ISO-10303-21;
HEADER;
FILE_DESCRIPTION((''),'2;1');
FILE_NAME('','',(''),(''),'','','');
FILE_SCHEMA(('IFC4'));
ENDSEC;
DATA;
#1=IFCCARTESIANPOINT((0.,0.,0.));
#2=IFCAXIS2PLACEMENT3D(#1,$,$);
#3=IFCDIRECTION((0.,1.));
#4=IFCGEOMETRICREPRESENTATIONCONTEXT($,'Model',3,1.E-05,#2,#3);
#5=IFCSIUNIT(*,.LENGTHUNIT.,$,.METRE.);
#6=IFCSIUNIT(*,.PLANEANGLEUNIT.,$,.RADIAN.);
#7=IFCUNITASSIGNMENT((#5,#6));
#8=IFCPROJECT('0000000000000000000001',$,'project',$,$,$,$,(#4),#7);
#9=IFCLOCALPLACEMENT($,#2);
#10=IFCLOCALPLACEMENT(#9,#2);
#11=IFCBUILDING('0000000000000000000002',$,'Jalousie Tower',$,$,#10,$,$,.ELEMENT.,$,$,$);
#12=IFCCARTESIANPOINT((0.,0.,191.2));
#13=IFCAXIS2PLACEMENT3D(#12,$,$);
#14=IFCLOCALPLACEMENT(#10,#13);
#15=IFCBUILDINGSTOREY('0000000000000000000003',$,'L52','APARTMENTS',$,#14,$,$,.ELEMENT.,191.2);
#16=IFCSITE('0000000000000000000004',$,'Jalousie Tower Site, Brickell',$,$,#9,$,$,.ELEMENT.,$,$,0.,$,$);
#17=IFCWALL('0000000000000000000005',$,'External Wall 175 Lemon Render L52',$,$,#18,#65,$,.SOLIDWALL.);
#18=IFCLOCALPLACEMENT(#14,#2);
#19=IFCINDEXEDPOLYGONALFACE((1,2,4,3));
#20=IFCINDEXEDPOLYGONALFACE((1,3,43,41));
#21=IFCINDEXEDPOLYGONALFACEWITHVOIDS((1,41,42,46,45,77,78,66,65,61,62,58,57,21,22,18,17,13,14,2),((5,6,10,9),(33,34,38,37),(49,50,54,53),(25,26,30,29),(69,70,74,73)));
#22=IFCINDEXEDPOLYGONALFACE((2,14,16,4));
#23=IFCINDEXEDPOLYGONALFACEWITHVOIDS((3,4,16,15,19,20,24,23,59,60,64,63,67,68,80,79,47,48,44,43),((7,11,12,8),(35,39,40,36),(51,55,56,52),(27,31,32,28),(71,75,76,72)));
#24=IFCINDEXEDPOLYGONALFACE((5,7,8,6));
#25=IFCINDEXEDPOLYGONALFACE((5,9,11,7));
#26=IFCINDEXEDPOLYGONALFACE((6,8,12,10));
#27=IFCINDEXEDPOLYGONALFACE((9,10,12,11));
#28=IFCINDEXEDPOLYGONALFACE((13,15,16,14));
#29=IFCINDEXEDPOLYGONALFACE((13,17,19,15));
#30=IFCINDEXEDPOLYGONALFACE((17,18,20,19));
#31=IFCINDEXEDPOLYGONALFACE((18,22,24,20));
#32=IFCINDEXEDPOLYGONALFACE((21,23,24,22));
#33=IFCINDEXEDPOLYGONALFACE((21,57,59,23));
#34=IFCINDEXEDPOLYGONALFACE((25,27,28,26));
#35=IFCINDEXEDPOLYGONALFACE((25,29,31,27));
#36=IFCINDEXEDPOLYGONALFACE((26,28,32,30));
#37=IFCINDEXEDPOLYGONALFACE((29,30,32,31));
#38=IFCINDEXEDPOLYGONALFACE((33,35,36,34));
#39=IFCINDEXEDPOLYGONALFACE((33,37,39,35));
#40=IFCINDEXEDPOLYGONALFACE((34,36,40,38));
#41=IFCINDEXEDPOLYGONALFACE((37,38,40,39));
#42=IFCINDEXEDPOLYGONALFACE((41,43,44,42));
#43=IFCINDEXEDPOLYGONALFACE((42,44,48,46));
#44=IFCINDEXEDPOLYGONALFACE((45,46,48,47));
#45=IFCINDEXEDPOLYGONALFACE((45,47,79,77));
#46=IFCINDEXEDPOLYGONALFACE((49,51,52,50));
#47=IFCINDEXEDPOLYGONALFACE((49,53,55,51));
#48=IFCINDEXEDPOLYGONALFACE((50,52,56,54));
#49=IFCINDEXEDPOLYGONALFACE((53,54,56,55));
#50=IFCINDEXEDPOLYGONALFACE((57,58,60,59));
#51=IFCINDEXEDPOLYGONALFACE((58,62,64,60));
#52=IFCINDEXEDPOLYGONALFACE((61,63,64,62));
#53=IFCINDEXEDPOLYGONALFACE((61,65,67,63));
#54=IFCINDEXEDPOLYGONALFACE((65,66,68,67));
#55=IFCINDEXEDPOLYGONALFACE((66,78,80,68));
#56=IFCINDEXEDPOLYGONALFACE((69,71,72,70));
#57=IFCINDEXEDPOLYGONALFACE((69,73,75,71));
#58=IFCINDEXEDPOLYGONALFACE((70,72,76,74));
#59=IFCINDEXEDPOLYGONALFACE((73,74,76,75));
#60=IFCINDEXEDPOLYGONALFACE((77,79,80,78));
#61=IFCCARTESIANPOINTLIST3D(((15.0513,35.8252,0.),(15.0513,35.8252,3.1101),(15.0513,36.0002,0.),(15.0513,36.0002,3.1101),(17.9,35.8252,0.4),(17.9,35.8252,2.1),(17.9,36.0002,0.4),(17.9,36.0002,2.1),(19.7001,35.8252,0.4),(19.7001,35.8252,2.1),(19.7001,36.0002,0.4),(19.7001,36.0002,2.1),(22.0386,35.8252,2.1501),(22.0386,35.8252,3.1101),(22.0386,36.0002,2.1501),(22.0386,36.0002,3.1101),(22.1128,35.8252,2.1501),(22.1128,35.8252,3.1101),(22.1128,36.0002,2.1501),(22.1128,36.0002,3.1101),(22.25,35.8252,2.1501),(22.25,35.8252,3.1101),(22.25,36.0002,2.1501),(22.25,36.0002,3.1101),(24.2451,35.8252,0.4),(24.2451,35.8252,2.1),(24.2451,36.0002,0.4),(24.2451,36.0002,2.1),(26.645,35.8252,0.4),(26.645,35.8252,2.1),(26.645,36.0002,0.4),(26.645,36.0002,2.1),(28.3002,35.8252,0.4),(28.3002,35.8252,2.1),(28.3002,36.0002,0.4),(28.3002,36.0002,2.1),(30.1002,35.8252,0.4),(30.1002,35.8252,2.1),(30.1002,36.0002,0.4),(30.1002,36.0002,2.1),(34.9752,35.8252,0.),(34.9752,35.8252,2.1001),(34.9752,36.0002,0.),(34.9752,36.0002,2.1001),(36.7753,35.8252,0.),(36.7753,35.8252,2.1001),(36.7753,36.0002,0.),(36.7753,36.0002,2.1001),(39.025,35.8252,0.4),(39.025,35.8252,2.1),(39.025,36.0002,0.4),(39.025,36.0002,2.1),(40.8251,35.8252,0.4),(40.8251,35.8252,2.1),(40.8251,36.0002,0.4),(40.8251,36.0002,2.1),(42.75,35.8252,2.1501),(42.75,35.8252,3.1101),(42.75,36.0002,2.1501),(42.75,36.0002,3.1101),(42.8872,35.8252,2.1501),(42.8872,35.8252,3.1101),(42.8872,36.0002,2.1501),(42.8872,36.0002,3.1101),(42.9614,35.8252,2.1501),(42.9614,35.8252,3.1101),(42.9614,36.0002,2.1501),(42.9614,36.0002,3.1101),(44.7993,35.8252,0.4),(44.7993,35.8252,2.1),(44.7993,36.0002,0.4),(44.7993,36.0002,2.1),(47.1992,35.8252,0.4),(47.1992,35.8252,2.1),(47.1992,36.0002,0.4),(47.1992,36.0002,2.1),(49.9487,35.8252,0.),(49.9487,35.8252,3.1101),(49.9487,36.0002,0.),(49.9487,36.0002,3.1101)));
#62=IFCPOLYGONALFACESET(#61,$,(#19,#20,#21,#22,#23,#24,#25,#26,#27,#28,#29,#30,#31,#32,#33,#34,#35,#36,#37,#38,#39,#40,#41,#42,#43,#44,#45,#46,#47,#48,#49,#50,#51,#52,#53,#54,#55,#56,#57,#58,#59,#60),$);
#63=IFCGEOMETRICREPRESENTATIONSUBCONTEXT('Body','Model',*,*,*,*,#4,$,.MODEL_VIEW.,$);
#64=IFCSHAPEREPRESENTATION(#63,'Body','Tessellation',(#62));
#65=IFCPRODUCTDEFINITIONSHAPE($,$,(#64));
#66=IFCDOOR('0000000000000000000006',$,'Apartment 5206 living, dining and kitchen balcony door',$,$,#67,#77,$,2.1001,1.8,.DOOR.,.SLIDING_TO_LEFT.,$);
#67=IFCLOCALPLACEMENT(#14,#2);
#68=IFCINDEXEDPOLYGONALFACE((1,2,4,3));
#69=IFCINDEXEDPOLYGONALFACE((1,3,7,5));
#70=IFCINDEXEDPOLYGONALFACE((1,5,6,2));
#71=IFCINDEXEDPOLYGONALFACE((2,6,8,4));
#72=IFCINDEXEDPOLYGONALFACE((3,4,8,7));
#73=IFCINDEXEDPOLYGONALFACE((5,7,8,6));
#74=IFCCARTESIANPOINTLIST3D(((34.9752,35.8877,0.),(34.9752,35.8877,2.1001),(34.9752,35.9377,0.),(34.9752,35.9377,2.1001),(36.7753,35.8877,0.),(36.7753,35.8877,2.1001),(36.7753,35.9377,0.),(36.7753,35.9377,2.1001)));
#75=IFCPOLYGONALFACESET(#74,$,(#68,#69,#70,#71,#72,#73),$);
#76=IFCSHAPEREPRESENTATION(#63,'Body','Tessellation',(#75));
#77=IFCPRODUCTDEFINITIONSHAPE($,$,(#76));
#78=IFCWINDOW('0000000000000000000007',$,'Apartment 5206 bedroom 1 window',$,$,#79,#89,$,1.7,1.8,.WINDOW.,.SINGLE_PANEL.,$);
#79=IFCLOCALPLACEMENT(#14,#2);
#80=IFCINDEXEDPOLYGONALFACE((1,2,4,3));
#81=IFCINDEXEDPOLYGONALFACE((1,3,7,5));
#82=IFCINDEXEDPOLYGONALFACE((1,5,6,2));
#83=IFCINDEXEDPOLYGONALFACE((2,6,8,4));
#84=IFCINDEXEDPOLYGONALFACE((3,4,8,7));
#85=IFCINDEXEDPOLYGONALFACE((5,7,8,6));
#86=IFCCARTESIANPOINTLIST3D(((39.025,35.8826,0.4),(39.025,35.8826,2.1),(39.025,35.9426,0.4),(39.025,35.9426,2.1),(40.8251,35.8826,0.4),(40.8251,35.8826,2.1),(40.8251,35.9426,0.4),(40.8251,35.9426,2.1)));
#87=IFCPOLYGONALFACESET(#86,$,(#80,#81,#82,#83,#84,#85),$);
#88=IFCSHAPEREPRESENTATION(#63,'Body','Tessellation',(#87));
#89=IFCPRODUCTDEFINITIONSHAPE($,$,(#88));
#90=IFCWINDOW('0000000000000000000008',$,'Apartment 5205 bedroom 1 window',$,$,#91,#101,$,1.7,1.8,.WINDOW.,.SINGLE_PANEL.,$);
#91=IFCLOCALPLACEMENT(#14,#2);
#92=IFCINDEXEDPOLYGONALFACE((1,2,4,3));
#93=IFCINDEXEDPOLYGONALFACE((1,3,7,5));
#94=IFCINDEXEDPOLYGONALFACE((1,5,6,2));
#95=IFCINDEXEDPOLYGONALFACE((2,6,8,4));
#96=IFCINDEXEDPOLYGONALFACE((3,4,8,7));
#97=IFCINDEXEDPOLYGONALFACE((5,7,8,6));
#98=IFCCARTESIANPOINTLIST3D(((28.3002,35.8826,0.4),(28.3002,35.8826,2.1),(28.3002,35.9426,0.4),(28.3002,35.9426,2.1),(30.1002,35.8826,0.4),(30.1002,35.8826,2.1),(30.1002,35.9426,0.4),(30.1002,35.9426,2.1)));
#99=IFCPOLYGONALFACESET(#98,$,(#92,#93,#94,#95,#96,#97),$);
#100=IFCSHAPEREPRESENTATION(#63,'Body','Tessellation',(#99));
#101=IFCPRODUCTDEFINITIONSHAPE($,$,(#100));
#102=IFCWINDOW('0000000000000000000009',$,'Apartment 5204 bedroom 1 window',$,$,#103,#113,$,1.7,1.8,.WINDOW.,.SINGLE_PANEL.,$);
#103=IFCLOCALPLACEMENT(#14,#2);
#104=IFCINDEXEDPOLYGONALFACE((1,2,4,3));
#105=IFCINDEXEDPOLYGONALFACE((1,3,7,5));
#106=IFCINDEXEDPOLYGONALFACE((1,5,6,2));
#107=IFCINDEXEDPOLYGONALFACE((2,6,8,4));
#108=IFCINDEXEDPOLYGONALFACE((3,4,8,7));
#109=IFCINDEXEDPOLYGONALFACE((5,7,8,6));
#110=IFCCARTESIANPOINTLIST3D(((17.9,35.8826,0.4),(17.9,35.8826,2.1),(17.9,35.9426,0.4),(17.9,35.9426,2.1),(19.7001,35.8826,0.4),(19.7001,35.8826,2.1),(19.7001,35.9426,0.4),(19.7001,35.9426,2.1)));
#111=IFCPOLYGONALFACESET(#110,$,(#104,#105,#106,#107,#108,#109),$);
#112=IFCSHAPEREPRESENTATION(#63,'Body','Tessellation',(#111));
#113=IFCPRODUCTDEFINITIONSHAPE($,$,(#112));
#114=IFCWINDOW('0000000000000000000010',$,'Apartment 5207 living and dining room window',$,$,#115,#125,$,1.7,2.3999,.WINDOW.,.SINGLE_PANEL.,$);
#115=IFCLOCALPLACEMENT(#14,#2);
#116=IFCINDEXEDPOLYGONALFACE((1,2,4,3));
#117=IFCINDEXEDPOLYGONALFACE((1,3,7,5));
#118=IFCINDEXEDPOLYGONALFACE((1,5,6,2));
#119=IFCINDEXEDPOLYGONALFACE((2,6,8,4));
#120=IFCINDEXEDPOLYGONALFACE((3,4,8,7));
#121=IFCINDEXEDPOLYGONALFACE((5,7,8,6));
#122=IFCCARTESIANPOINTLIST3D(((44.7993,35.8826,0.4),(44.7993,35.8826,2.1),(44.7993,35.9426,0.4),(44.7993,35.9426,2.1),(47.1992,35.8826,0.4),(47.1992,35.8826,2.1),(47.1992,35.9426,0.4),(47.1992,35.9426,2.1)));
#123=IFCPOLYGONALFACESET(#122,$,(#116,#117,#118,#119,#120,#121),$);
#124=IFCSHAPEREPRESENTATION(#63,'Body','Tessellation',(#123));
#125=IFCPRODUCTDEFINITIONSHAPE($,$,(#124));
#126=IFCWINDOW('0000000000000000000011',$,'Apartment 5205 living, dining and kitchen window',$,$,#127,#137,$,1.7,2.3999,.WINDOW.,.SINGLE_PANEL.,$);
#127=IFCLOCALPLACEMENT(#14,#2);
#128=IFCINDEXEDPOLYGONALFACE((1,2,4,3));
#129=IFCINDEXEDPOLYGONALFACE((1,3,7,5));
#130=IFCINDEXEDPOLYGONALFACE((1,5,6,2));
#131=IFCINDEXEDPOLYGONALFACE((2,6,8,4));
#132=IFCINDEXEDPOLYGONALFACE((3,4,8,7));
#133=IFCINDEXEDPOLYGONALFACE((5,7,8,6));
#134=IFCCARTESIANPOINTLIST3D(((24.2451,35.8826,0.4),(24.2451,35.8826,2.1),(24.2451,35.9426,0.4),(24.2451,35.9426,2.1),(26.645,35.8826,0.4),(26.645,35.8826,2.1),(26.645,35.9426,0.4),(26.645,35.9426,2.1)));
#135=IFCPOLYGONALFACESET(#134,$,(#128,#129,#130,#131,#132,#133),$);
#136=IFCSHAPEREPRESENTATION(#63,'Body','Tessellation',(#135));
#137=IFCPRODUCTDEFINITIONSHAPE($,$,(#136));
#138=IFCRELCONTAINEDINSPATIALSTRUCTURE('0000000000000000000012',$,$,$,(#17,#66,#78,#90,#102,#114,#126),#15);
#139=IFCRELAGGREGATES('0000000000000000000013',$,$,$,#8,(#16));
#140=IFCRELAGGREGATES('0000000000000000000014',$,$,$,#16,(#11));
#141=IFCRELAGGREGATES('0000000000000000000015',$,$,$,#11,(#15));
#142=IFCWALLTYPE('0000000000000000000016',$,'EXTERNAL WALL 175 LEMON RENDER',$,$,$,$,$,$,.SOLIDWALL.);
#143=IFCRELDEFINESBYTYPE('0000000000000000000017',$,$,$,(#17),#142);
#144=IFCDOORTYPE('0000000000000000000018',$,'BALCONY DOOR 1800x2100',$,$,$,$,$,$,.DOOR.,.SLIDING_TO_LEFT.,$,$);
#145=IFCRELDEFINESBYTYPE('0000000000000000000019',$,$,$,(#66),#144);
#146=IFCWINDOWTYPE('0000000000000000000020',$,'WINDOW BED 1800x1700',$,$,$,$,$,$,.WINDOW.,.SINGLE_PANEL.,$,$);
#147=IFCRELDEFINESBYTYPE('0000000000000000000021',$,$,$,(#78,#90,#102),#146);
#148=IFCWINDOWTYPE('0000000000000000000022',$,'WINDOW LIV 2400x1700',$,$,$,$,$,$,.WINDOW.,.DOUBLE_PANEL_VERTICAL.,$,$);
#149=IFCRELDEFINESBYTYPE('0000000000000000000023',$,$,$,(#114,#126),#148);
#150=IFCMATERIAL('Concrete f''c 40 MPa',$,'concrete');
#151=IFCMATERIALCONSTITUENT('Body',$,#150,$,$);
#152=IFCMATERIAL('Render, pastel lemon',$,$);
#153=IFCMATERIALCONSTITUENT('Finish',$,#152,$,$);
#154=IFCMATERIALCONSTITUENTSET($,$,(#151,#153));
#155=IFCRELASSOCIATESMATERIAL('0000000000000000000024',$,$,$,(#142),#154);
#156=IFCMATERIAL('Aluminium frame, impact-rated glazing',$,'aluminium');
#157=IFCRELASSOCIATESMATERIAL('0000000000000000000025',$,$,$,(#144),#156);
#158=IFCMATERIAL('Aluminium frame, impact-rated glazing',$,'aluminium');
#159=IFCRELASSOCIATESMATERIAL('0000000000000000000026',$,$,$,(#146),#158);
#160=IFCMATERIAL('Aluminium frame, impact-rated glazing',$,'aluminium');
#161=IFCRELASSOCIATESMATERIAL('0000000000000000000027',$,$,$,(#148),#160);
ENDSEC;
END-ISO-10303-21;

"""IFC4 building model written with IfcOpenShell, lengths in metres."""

from ifc_helpers import new_model, si_unit, direction, frame, frame_2d, origin, place, context, subcontext, project, spatial, polyline, rectangle, outline, extrude, material, constituent, constituent_set, type_object, element, fill, save


model = new_model("IFC4")

# Units and contexts
model_context = context("Model", 3, precision=1e-05, world=origin(), true_north=direction((0.0, 1.0)))
body_context = subcontext(model_context, "Body", "Model", "MODEL_VIEW")
ifc_project = project(units=[si_unit("LENGTHUNIT", "METRE"), si_unit("PLANEANGLEUNIT", "RADIAN")], contexts=[model_context])

# Site, building, storey
site_placement = place(None, origin())
site = spatial("IfcSite", under=ifc_project, at=site_placement, Name="Jalousie Tower Site, Brickell", CompositionType="ELEMENT", RefElevation=0.0)
building_placement = place(site_placement, origin())
building = spatial("IfcBuilding", under=site, at=building_placement, Name="Jalousie Tower", CompositionType="ELEMENT")
storey_placement = place(building_placement, frame((0.0, 0.0, 191.2)))
storey = spatial("IfcBuildingStorey", under=building, at=storey_placement, Name="L52", Description="APARTMENTS", CompositionType="ELEMENT", Elevation=191.2)

# Wall, openings, door, windows
ifc_material_1 = material(Name="Concrete f'c 40 MPa", Category="concrete")
ifc_constituent_1 = constituent(ifc_material_1, Name="Body")
ifc_material_2 = material(Name="Render, pastel lemon")
ifc_constituent_2 = constituent(ifc_material_2, Name="Finish")
ifc_constituent_set_1 = constituent_set(constituents=[ifc_constituent_1, ifc_constituent_2])
wall_type_1 = type_object("IfcWallType", Name="EXTERNAL WALL 175 LEMON RENDER", PredefinedType="SOLIDWALL", material=ifc_constituent_set_1)
wall_1_placement = place(storey_placement, frame((49.9487, 35.9126, 0.0), z_axis=(0.0, 0.0, 1.0), x_axis=(-1.0, 0.0, 0.0)))
wall_1 = element("IfcWall", 1, at=wall_1_placement, inside=storey, type_object=wall_type_1, Name="External Wall 175 Lemon Render L52", PredefinedType="SOLIDWALL", context=body_context, shape_type="SweptSolid", body=[
    extrude(outline(polyline([(0.0, 0.0), (34.8975, 0.0), (34.8975, 3.1101), (27.9102, 3.1101), (27.9102, 2.1501), (27.8359, 2.1501), (27.8359, 3.1101), (27.6987, 3.1101), (27.6987, 2.1501), (7.1987, 2.1501), (7.1987, 3.1101), (7.0615, 3.1101), (7.0615, 2.1501), (6.9873, 2.1501), (6.9873, 3.1101), (0.0, 3.1101), (0.0, 0.0)])), frame((0.0, 0.0874, 0.0), z_axis=(0.0, -1.0, 0.0), x_axis=(1.0, 0.0, 0.0)), (0.0, 0.0, 1.0), 0.175),
])
opening_1_placement = place(wall_1_placement, frame((2.7495, 0.0, 0.3999)))
opening_1 = element("IfcOpeningElement", 2, at=opening_1_placement, cuts=wall_1, PredefinedType="OPENING", context=body_context, shape_type="SweptSolid", body=[
    extrude(rectangle(XDim=2.3999, YDim=1.7, at=frame_2d((1.2, 0.8501))), frame((0.0, 0.0974, 0.0), z_axis=(0.0, -1.0, 0.0), x_axis=(1.0, 0.0, 0.0)), (0.0, 0.0, 1.0), 0.1951),
])
opening_2_placement = place(wall_1_placement, frame((9.1238, 0.0, 0.3999)))
opening_2 = element("IfcOpeningElement", 3, at=opening_2_placement, cuts=wall_1, PredefinedType="OPENING", context=body_context, shape_type="SweptSolid", body=[
    extrude(rectangle(XDim=1.8, YDim=1.7, at=frame_2d((0.8999, 0.8501))), frame((0.0, 0.0974, 0.0), z_axis=(0.0, -1.0, 0.0), x_axis=(1.0, 0.0, 0.0)), (0.0, 0.0, 1.0), 0.1951),
])
opening_3_placement = place(wall_1_placement, frame((13.1736, 0.0, 0.0)))
opening_3 = element("IfcOpeningElement", 4, at=opening_3_placement, cuts=wall_1, PredefinedType="OPENING", context=body_context, shape_type="SweptSolid", body=[
    extrude(rectangle(XDim=1.8, YDim=2.1001, at=frame_2d((0.8999, 1.05))), frame((0.0, 0.0974, 0.0), z_axis=(0.0, -1.0, 0.0), x_axis=(1.0, 0.0, 0.0)), (0.0, 0.0, 1.0), 0.1951),
])
opening_4_placement = place(wall_1_placement, frame((19.8486, 0.0, 0.3999)))
opening_4 = element("IfcOpeningElement", 5, at=opening_4_placement, cuts=wall_1, PredefinedType="OPENING", context=body_context, shape_type="SweptSolid", body=[
    extrude(rectangle(XDim=1.8, YDim=1.7, at=frame_2d((0.8999, 0.8501))), frame((0.0, 0.0974, 0.0), z_axis=(0.0, -1.0, 0.0), x_axis=(1.0, 0.0, 0.0)), (0.0, 0.0, 1.0), 0.1951),
])
opening_5_placement = place(wall_1_placement, frame((23.3037, 0.0, 0.3999)))
opening_5 = element("IfcOpeningElement", 6, at=opening_5_placement, cuts=wall_1, PredefinedType="OPENING", context=body_context, shape_type="SweptSolid", body=[
    extrude(rectangle(XDim=2.3999, YDim=1.7, at=frame_2d((1.2, 0.8501))), frame((0.0, 0.0974, 0.0), z_axis=(0.0, -1.0, 0.0), x_axis=(1.0, 0.0, 0.0)), (0.0, 0.0, 1.0), 0.1951),
])
opening_6_placement = place(wall_1_placement, frame((30.2488, 0.0, 0.3999)))
opening_6 = element("IfcOpeningElement", 7, at=opening_6_placement, cuts=wall_1, PredefinedType="OPENING", context=body_context, shape_type="SweptSolid", body=[
    extrude(rectangle(XDim=1.8, YDim=1.7, at=frame_2d((0.8999, 0.8501))), frame((0.0, 0.0974, 0.0), z_axis=(0.0, -1.0, 0.0), x_axis=(1.0, 0.0, 0.0)), (0.0, 0.0, 1.0), 0.1951),
])
ifc_material_3 = material(Name="Aluminium frame, impact-rated glazing", Category="aluminium")
door_type_1 = type_object("IfcDoorType", Name="BALCONY DOOR 1800x2100", OperationType="SLIDING_TO_LEFT", PredefinedType="DOOR", material=ifc_material_3)
door_1_placement = place(opening_3_placement, origin())
door_1 = element("IfcDoor", 8, at=door_1_placement, inside=storey, type_object=door_type_1, Name="Apartment 5206 living, dining and kitchen balcony door", OperationType="SLIDING_TO_LEFT", OverallHeight=2.1001, OverallWidth=1.8, PredefinedType="DOOR", context=body_context, shape_type="SweptSolid", body=[
    extrude(rectangle(XDim=1.8, YDim=2.1001, at=frame_2d((0.8999, 1.05))), frame((0.0, 0.0249, 0.0), z_axis=(0.0, -1.0, 0.0), x_axis=(1.0, 0.0, 0.0)), (0.0, 0.0, 1.0), 0.05),
])
fill(opening_3, door_1)
ifc_material_4 = material(Name="Aluminium frame, impact-rated glazing", Category="aluminium")
window_type_1 = type_object("IfcWindowType", Name="WINDOW BED 1800x1700", PartitioningType="SINGLE_PANEL", PredefinedType="WINDOW", material=ifc_material_4)
window_1_placement = place(opening_2_placement, origin())
window_1 = element("IfcWindow", 9, at=window_1_placement, inside=storey, type_object=window_type_1, Name="Apartment 5206 bedroom 1 window", OverallHeight=1.7, OverallWidth=1.8, PartitioningType="SINGLE_PANEL", PredefinedType="WINDOW", context=body_context, shape_type="SweptSolid", body=[
    extrude(rectangle(XDim=1.8, YDim=1.7, at=frame_2d((0.8999, 0.8501))), frame((0.0, 0.03, 0.0), z_axis=(0.0, -1.0, 0.0), x_axis=(1.0, 0.0, 0.0)), (0.0, 0.0, 1.0), 0.0601),
])
fill(opening_2, window_1)
window_2_placement = place(opening_4_placement, origin())
window_2 = element("IfcWindow", 10, at=window_2_placement, inside=storey, type_object=window_type_1, Name="Apartment 5205 bedroom 1 window", OverallHeight=1.7, OverallWidth=1.8, PartitioningType="SINGLE_PANEL", PredefinedType="WINDOW", context=body_context, shape_type="SweptSolid", body=[
    extrude(rectangle(XDim=1.8, YDim=1.7, at=frame_2d((0.8999, 0.8501))), frame((0.0, 0.03, 0.0), z_axis=(0.0, -1.0, 0.0), x_axis=(1.0, 0.0, 0.0)), (0.0, 0.0, 1.0), 0.0601),
])
fill(opening_4, window_2)
window_3_placement = place(opening_6_placement, origin())
window_3 = element("IfcWindow", 11, at=window_3_placement, inside=storey, type_object=window_type_1, Name="Apartment 5204 bedroom 1 window", OverallHeight=1.7, OverallWidth=1.8, PartitioningType="SINGLE_PANEL", PredefinedType="WINDOW", context=body_context, shape_type="SweptSolid", body=[
    extrude(rectangle(XDim=1.8, YDim=1.7, at=frame_2d((0.8999, 0.8501))), frame((0.0, 0.03, 0.0), z_axis=(0.0, -1.0, 0.0), x_axis=(1.0, 0.0, 0.0)), (0.0, 0.0, 1.0), 0.0601),
])
fill(opening_6, window_3)
ifc_material_5 = material(Name="Aluminium frame, impact-rated glazing", Category="aluminium")
window_type_2 = type_object("IfcWindowType", Name="WINDOW LIV 2400x1700", PartitioningType="DOUBLE_PANEL_VERTICAL", PredefinedType="WINDOW", material=ifc_material_5)
window_4_placement = place(opening_1_placement, origin())
window_4 = element("IfcWindow", 12, at=window_4_placement, inside=storey, type_object=window_type_2, Name="Apartment 5207 living and dining room window", OverallHeight=1.7, OverallWidth=2.3999, PartitioningType="SINGLE_PANEL", PredefinedType="WINDOW", context=body_context, shape_type="SweptSolid", body=[
    extrude(rectangle(XDim=2.3999, YDim=1.7, at=frame_2d((1.2, 0.8501))), frame((0.0, 0.03, 0.0), z_axis=(0.0, -1.0, 0.0), x_axis=(1.0, 0.0, 0.0)), (0.0, 0.0, 1.0), 0.0601),
])
fill(opening_1, window_4)
window_5_placement = place(opening_5_placement, origin())
window_5 = element("IfcWindow", 13, at=window_5_placement, inside=storey, type_object=window_type_2, Name="Apartment 5205 living, dining and kitchen window", OverallHeight=1.7, OverallWidth=2.3999, PartitioningType="SINGLE_PANEL", PredefinedType="WINDOW", context=body_context, shape_type="SweptSolid", body=[
    extrude(rectangle(XDim=2.3999, YDim=1.7, at=frame_2d((1.2, 0.8501))), frame((0.0, 0.03, 0.0), z_axis=(0.0, -1.0, 0.0), x_axis=(1.0, 0.0, 0.0)), (0.0, 0.0, 1.0), 0.0601),
])
fill(opening_5, window_5)

save(model, "model.ifc")
